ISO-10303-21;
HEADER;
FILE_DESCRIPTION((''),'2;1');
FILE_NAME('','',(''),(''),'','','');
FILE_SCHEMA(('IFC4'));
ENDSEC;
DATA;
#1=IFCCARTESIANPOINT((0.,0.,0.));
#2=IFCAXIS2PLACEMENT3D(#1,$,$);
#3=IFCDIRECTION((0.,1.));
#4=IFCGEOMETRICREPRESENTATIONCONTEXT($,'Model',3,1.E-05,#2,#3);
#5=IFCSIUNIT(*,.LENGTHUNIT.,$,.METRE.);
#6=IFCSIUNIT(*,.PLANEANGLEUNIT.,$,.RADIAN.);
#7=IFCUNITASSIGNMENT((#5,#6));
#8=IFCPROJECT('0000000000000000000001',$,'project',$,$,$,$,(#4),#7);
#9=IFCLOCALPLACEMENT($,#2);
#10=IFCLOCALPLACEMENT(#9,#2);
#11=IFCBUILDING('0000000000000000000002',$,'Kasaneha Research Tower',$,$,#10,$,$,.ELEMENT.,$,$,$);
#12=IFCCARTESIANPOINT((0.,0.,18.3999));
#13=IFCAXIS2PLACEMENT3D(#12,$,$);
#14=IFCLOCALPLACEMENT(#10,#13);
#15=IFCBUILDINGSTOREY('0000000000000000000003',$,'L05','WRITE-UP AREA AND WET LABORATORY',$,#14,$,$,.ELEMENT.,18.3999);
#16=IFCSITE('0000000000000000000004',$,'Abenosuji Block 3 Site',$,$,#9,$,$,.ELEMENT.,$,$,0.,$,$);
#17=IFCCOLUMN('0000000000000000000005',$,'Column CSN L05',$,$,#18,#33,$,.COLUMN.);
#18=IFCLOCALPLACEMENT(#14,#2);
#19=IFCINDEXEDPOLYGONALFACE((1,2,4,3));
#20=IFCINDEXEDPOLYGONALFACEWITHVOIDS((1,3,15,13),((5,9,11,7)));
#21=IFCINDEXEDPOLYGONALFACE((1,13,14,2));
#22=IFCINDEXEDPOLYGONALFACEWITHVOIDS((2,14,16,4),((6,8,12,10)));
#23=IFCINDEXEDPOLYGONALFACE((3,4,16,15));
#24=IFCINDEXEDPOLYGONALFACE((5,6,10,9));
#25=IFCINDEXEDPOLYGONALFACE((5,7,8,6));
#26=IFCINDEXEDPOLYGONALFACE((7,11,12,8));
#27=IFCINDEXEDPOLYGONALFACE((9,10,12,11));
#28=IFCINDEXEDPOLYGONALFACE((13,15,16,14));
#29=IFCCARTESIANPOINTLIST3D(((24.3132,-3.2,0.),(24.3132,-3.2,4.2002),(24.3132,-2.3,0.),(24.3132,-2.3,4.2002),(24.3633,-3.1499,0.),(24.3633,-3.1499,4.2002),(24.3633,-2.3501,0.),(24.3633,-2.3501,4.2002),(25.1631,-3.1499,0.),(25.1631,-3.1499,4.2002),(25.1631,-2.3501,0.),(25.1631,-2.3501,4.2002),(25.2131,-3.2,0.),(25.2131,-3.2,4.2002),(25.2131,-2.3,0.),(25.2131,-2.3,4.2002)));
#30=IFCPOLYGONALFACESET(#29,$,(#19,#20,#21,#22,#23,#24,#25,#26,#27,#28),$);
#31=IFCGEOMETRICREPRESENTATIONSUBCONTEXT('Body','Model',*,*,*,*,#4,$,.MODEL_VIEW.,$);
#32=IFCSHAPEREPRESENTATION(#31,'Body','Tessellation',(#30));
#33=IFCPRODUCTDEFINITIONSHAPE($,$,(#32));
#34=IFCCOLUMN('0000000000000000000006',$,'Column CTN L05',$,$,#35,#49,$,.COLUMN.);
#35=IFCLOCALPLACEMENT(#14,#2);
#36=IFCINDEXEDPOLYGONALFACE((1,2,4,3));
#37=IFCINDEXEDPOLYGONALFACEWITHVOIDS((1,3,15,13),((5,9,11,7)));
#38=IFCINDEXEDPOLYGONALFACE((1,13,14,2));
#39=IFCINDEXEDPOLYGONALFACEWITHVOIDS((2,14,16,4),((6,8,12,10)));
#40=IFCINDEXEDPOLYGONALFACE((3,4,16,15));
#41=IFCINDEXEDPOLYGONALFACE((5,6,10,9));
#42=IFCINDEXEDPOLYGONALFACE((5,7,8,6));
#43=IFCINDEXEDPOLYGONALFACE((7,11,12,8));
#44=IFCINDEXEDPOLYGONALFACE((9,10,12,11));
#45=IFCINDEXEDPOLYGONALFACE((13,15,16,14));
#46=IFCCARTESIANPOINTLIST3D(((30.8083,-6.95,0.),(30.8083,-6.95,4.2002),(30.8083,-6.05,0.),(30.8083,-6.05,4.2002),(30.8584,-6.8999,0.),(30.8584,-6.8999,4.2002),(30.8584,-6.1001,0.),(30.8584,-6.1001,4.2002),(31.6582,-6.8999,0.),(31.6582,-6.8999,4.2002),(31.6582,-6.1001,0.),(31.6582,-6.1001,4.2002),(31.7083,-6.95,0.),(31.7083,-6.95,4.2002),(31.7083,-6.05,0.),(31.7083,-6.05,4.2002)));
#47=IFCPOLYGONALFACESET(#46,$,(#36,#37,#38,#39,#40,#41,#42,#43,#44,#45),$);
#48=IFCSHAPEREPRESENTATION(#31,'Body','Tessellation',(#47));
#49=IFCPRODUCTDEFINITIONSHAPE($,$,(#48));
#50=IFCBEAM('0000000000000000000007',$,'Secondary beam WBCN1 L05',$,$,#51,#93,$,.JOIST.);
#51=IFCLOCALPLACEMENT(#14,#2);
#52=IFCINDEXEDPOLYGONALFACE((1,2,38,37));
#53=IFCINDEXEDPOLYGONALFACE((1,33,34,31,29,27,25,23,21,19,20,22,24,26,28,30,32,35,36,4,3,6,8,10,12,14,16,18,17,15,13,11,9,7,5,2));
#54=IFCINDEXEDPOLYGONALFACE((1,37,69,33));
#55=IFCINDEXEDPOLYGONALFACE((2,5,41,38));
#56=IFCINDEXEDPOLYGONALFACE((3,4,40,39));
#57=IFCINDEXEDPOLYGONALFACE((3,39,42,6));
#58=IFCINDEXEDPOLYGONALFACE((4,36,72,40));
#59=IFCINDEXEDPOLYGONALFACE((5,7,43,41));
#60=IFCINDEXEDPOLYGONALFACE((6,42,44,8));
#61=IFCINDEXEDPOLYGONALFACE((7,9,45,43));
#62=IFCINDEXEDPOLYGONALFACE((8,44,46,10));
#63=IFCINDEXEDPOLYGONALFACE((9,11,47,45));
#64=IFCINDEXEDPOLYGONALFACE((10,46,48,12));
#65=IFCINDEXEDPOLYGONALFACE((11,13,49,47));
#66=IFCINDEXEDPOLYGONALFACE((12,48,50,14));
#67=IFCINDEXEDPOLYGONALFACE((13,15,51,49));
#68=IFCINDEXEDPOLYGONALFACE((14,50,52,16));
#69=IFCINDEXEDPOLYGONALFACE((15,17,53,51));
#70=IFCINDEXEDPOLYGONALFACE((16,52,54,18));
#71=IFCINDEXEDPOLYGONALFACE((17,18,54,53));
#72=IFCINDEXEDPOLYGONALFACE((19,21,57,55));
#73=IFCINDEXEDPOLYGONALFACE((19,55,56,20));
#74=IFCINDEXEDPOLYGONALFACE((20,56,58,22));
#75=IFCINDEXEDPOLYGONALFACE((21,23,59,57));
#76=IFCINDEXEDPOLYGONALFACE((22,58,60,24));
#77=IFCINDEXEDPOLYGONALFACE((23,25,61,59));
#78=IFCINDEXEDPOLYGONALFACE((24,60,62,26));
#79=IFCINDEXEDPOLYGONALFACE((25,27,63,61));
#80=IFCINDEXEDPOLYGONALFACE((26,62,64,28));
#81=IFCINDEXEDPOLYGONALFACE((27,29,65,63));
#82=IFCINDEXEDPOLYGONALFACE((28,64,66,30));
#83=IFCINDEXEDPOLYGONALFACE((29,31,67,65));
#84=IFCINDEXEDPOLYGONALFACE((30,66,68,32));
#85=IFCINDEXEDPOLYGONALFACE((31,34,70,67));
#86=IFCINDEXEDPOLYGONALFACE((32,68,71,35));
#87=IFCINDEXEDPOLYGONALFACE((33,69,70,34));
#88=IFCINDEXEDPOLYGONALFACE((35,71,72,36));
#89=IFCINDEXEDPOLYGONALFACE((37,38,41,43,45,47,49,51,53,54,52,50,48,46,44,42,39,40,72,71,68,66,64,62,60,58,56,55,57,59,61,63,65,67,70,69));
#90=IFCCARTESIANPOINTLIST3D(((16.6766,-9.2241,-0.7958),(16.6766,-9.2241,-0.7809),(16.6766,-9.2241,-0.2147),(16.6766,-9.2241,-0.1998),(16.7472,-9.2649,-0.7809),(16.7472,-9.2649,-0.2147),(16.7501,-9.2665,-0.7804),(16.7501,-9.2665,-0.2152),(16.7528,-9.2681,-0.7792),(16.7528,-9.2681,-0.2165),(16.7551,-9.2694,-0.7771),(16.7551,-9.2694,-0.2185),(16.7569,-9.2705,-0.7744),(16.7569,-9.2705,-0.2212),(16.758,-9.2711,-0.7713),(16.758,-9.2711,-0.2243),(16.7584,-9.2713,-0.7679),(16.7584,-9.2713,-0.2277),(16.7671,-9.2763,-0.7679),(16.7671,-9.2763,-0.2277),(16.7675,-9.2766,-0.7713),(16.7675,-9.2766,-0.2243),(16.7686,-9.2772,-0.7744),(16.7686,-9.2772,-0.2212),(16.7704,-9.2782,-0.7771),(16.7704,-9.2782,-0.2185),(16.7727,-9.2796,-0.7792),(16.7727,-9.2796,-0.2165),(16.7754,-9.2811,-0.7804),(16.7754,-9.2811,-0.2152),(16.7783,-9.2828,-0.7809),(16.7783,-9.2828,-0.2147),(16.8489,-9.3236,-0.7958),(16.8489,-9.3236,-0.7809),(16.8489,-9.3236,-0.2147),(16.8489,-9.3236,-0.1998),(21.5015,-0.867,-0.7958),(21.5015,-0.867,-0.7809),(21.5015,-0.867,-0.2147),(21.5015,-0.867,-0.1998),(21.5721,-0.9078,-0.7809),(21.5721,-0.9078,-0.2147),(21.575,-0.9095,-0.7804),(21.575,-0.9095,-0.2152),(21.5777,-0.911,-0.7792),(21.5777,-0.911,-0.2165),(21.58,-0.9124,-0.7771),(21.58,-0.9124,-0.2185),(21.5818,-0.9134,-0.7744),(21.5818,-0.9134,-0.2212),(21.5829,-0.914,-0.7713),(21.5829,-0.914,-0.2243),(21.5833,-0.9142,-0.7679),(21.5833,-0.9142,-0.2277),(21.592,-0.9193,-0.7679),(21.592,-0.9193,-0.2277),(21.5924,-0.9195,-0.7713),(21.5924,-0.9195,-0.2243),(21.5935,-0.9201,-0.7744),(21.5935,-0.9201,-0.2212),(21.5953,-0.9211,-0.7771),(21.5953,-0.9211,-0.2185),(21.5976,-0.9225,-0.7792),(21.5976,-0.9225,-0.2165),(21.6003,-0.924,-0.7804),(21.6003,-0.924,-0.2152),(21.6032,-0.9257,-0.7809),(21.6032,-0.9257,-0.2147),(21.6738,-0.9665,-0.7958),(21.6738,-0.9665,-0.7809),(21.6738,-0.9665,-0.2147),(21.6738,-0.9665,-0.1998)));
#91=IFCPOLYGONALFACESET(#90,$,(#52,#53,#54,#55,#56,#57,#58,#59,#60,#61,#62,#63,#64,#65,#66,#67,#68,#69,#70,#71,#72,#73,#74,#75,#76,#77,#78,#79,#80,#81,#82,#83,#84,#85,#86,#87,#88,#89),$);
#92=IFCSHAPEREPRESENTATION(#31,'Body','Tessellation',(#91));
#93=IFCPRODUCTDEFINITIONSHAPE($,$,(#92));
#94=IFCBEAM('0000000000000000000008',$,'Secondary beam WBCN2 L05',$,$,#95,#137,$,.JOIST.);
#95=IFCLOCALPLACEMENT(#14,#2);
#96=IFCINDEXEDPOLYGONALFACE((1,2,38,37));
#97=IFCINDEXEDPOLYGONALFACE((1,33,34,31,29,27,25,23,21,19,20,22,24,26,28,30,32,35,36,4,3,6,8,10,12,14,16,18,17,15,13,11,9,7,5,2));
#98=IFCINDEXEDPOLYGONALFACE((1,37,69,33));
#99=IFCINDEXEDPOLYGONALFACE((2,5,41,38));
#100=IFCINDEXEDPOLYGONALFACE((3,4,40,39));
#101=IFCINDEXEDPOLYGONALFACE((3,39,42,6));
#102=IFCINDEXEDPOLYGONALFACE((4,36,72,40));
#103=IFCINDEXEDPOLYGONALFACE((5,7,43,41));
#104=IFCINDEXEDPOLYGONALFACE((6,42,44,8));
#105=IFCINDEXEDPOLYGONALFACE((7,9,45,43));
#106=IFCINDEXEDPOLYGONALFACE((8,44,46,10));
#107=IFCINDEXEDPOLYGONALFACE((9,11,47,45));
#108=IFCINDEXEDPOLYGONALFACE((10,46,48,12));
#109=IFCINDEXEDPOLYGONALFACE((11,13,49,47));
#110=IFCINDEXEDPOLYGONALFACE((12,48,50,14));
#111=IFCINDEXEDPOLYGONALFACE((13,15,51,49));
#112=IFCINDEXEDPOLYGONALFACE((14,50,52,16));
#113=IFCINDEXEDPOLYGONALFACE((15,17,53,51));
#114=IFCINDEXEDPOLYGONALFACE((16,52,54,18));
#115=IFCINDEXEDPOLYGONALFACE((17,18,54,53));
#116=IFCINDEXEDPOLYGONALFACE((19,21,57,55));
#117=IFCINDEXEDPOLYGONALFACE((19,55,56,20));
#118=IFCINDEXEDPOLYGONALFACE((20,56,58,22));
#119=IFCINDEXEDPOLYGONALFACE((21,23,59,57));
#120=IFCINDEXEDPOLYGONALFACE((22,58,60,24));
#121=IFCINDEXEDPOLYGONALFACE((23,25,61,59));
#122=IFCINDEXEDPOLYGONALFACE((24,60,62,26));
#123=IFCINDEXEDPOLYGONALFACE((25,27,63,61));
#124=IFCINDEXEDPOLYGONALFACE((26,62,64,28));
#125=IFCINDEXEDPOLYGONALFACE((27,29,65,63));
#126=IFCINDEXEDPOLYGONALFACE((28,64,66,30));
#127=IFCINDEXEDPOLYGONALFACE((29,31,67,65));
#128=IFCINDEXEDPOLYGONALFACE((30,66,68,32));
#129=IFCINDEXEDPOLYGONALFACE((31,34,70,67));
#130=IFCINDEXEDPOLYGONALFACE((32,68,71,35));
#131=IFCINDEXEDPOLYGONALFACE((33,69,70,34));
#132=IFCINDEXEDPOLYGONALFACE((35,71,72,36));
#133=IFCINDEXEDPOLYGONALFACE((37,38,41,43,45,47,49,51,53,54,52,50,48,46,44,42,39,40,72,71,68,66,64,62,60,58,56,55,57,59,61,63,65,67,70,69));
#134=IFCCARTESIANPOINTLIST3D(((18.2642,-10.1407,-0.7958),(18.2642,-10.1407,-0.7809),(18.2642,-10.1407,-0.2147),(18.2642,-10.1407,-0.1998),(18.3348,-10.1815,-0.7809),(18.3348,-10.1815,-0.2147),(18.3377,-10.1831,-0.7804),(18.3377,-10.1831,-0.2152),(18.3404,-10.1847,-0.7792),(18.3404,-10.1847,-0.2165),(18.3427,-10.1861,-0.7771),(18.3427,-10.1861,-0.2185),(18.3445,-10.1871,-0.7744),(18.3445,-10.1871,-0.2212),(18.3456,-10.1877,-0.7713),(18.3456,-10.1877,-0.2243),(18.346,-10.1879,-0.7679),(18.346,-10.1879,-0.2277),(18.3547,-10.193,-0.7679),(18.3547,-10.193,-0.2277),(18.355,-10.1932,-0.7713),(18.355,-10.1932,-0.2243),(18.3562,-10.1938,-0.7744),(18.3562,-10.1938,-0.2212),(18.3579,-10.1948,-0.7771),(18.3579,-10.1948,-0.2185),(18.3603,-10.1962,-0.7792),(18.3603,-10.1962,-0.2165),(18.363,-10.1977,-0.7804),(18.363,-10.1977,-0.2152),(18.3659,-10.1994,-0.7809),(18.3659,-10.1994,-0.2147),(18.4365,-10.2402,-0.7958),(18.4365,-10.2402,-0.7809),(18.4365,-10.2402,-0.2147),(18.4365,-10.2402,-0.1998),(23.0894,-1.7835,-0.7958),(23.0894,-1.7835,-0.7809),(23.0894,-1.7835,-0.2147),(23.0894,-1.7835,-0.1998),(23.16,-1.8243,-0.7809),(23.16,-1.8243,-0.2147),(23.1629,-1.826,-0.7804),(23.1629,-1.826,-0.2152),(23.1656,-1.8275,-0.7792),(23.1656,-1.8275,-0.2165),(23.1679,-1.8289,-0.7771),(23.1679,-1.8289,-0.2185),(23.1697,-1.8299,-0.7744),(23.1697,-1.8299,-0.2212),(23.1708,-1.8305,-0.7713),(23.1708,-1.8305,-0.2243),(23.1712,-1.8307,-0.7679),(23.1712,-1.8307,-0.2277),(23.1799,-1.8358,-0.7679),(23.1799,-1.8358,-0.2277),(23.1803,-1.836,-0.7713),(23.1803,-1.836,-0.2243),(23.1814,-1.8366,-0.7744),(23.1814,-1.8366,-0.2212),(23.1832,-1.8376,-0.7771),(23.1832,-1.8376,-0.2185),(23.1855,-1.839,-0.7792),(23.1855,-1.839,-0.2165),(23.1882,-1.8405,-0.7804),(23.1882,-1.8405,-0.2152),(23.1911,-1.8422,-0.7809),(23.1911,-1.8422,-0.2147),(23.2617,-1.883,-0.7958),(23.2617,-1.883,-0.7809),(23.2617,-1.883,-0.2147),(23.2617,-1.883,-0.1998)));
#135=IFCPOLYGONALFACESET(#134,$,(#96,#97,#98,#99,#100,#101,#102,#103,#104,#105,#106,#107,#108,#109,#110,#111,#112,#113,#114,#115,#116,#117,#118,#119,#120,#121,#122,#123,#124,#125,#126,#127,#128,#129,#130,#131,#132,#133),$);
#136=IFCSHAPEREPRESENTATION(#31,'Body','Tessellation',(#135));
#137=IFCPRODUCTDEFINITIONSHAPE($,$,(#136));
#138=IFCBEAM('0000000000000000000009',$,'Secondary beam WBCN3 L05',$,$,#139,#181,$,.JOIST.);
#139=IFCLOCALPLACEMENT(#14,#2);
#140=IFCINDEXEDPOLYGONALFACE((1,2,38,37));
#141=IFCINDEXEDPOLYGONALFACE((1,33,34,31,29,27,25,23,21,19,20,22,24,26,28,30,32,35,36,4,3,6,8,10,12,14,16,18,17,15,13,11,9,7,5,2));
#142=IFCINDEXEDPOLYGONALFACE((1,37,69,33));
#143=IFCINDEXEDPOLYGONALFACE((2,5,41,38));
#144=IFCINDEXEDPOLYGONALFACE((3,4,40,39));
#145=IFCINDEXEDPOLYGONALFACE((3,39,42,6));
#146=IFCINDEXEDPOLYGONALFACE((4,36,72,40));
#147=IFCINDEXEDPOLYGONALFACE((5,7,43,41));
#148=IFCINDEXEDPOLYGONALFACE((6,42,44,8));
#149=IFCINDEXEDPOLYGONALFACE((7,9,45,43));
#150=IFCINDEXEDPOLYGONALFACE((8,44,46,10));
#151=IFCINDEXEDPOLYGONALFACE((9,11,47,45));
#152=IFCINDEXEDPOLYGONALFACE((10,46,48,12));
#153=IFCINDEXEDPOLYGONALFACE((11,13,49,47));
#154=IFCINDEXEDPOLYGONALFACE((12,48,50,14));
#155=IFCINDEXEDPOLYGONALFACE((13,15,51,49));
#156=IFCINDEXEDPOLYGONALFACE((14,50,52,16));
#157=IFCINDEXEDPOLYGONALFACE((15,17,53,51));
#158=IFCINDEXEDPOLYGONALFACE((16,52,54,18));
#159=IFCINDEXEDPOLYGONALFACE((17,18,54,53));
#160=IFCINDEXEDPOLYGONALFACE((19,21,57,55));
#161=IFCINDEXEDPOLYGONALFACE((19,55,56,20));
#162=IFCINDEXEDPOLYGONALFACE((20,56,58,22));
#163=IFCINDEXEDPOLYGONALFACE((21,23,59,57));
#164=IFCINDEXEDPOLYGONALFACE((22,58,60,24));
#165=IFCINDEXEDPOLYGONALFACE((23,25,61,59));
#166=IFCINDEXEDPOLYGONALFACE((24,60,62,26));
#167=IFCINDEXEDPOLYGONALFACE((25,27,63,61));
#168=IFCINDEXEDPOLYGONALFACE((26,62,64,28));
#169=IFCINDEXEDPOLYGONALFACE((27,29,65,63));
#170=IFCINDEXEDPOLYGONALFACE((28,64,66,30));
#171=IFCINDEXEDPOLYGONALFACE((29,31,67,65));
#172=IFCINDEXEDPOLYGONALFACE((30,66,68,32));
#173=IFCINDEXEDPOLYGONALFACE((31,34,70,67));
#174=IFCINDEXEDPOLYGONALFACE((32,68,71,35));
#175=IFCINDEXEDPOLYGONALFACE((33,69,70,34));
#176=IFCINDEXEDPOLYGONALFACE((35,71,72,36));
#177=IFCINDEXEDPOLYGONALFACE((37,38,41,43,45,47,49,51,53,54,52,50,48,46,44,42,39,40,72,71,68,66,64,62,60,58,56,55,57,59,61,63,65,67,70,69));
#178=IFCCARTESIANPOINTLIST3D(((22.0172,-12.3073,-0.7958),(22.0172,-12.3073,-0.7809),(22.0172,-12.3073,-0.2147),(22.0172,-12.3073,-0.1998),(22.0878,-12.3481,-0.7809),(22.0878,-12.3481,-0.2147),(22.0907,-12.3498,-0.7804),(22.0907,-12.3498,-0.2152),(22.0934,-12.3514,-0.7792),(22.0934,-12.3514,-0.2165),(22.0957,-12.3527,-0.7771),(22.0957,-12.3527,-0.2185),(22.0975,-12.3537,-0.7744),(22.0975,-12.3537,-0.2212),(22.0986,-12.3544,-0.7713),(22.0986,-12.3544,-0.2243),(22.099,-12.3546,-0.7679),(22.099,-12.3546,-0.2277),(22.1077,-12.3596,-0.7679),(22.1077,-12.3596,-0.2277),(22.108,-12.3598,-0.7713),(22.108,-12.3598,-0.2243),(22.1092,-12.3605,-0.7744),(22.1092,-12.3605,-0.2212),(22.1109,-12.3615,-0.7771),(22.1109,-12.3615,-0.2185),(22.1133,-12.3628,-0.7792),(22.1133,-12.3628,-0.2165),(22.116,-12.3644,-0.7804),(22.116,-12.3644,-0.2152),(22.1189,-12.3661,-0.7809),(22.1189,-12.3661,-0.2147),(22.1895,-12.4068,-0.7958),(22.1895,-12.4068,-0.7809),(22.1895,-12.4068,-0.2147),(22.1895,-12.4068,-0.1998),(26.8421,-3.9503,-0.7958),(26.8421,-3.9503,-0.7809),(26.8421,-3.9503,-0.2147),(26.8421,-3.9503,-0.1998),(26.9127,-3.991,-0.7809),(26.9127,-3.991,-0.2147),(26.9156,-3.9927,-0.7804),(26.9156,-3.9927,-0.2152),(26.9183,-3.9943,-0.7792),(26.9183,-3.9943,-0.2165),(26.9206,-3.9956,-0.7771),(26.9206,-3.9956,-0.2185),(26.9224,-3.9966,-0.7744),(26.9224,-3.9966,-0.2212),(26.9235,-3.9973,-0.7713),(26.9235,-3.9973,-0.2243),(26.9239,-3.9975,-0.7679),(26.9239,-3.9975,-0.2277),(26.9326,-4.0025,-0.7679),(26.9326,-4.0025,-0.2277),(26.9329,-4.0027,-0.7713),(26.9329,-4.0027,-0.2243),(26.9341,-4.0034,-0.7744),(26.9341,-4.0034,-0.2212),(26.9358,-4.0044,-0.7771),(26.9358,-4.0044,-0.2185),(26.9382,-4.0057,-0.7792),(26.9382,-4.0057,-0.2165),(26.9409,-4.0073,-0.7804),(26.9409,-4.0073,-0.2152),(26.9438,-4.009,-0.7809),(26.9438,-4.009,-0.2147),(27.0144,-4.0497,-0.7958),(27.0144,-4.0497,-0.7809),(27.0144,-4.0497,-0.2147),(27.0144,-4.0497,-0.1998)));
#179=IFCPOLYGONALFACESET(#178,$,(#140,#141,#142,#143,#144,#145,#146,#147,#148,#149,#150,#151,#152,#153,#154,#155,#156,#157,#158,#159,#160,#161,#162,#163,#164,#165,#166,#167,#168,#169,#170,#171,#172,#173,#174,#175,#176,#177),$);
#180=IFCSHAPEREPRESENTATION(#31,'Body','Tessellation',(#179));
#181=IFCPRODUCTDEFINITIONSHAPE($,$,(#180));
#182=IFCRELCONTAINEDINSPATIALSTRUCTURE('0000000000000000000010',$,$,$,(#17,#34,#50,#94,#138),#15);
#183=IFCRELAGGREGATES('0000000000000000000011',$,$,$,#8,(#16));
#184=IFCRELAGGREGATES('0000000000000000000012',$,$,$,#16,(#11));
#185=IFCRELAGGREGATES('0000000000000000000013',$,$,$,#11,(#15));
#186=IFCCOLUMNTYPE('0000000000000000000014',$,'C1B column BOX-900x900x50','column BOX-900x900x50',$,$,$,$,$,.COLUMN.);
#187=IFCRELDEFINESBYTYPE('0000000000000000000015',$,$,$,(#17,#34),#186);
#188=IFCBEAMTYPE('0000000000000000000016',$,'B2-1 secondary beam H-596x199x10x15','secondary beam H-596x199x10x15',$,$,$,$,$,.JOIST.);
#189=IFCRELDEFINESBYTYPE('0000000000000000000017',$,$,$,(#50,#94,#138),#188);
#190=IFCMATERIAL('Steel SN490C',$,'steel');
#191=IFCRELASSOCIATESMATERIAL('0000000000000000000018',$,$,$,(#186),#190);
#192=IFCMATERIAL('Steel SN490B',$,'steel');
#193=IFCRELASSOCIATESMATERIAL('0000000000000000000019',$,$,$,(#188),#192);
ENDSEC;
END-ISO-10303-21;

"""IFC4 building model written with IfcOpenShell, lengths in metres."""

from ifc_helpers import new_model, si_unit, direction, frame, origin, origin_2d, place, context, subcontext, project, spatial, hollow_rectangle, i_section, extrude, material, material_profile, profile_set, type_object, element, save


model = new_model("IFC4")

# Units and contexts
model_context = context("Model", 3, precision=1e-05, world=origin(), true_north=direction((0.0, 1.0)))
body_context = subcontext(model_context, "Body", "Model", "MODEL_VIEW")
ifc_project = project(units=[si_unit("LENGTHUNIT", "METRE"), si_unit("PLANEANGLEUNIT", "RADIAN")], contexts=[model_context])

# Site, building, storey
site_placement = place(None, origin())
site = spatial("IfcSite", under=ifc_project, at=site_placement, Name="Abenosuji Block 3 Site", CompositionType="ELEMENT", RefElevation=0.0)
building_placement = place(site_placement, origin())
building = spatial("IfcBuilding", under=site, at=building_placement, Name="Kasaneha Research Tower", CompositionType="ELEMENT")
storey_placement = place(building_placement, frame((0.0, 0.0, 18.3999)))
storey = spatial("IfcBuildingStorey", under=building, at=storey_placement, Name="L05", Description="WRITE-UP AREA AND WET LABORATORY", CompositionType="ELEMENT", Elevation=18.3999)

# Columns
ifc_material_1 = material(Name="Steel SN490C", Category="steel")
ifc_material_profile_1 = material_profile(ifc_material_1, hollow_rectangle(XDim=0.8999, YDim=0.8999, WallThickness=0.05, at=origin_2d()), Name="BOX-900x900x50")
ifc_profile_set_1 = profile_set([ifc_material_profile_1], Name="Steel SN490C")
column_type = type_object("IfcColumnType", Name="C1B column BOX-900x900x50", Description="column BOX-900x900x50", PredefinedType="COLUMN", material=ifc_profile_set_1)
for number, where, z_axis, x_axis, name in (
    (1, (24.7632, -2.75, 0.0), (0.0, 0.0, 1.0), (1.0, 0.0, 0.0), "Column CSN L05"),
    (2, (31.2583, -6.5, 0.0), (0.0, 0.0, 1.0), (1.0, 0.0, 0.0), "Column CTN L05"),
):
    element("IfcColumn", number, at=place(storey_placement, frame(where, z_axis=z_axis, x_axis=x_axis)), inside=storey, type_object=column_type, Name=name, PredefinedType="COLUMN", context=body_context, shape_type="SweptSolid", body=[
        extrude(hollow_rectangle(XDim=0.8999, YDim=0.8999, WallThickness=0.05, at=origin_2d()), origin(), (0.0, 0.0, 1.0), 4.2002),
    ])

# Beams
ifc_material_2 = material(Name="Steel SN490B", Category="steel")
ifc_material_profile_2 = material_profile(ifc_material_2, i_section(OverallWidth=0.199, OverallDepth=0.5959, WebThickness=0.01, FlangeThickness=0.0149, FilletRadius=0.0129, at=origin_2d()), Name="H-596x199x10x15")
ifc_profile_set_2 = profile_set([ifc_material_profile_2], Name="Steel SN490B")
beam_type_1 = type_object("IfcBeamType", Name="B2-1 secondary beam H-596x199x10x15", Description="secondary beam H-596x199x10x15", PredefinedType="JOIST", material=ifc_profile_set_2)
beam_1_placement = place(storey_placement, frame((21.5876, -0.9167, -0.4978), z_axis=(-0.499995, -0.866028, 0.0), x_axis=(0.866028, -0.499995, 0.0)))
element("IfcBeam", 3, at=beam_1_placement, inside=storey, type_object=beam_type_1, Name="Secondary beam WBCN1 L05", PredefinedType="JOIST", context=body_context, shape_type="SweptSolid", body=[
    extrude(i_section(OverallWidth=0.199, OverallDepth=0.5959, WebThickness=0.01, FlangeThickness=0.0149, FilletRadius=0.0129, at=origin_2d()), origin(), (0.0, 0.0, 1.0), 9.6499),
])
beam_2_placement = place(storey_placement, frame((23.1755, -1.8333, -0.4978), z_axis=(-0.500014, -0.866017, 0.0), x_axis=(0.866017, -0.500014, 0.0)))
element("IfcBeam", 4, at=beam_2_placement, inside=storey, type_object=beam_type_1, Name="Secondary beam WBCN2 L05", PredefinedType="JOIST", context=body_context, shape_type="SweptSolid", body=[
    extrude(i_section(OverallWidth=0.199, OverallDepth=0.5959, WebThickness=0.01, FlangeThickness=0.0149, FilletRadius=0.0129, at=origin_2d()), origin(), (0.0, 0.0, 1.0), 9.6501),
])
for number, where, z_axis, x_axis, name in (
    (5, (26.9282, -4.0, -0.4978), (-0.499995, -0.866028, 0.0), (0.866028, -0.499995, 0.0), "Secondary beam WBCN3 L05"),
):
    element("IfcBeam", number, at=place(storey_placement, frame(where, z_axis=z_axis, x_axis=x_axis)), inside=storey, type_object=beam_type_1, Name=name, PredefinedType="JOIST", context=body_context, shape_type="SweptSolid", body=[
        extrude(i_section(OverallWidth=0.199, OverallDepth=0.5959, WebThickness=0.01, FlangeThickness=0.0149, FilletRadius=0.0129, at=origin_2d()), origin(), (0.0, 0.0, 1.0), 9.6499),
    ])

save(model, "model.ifc")
